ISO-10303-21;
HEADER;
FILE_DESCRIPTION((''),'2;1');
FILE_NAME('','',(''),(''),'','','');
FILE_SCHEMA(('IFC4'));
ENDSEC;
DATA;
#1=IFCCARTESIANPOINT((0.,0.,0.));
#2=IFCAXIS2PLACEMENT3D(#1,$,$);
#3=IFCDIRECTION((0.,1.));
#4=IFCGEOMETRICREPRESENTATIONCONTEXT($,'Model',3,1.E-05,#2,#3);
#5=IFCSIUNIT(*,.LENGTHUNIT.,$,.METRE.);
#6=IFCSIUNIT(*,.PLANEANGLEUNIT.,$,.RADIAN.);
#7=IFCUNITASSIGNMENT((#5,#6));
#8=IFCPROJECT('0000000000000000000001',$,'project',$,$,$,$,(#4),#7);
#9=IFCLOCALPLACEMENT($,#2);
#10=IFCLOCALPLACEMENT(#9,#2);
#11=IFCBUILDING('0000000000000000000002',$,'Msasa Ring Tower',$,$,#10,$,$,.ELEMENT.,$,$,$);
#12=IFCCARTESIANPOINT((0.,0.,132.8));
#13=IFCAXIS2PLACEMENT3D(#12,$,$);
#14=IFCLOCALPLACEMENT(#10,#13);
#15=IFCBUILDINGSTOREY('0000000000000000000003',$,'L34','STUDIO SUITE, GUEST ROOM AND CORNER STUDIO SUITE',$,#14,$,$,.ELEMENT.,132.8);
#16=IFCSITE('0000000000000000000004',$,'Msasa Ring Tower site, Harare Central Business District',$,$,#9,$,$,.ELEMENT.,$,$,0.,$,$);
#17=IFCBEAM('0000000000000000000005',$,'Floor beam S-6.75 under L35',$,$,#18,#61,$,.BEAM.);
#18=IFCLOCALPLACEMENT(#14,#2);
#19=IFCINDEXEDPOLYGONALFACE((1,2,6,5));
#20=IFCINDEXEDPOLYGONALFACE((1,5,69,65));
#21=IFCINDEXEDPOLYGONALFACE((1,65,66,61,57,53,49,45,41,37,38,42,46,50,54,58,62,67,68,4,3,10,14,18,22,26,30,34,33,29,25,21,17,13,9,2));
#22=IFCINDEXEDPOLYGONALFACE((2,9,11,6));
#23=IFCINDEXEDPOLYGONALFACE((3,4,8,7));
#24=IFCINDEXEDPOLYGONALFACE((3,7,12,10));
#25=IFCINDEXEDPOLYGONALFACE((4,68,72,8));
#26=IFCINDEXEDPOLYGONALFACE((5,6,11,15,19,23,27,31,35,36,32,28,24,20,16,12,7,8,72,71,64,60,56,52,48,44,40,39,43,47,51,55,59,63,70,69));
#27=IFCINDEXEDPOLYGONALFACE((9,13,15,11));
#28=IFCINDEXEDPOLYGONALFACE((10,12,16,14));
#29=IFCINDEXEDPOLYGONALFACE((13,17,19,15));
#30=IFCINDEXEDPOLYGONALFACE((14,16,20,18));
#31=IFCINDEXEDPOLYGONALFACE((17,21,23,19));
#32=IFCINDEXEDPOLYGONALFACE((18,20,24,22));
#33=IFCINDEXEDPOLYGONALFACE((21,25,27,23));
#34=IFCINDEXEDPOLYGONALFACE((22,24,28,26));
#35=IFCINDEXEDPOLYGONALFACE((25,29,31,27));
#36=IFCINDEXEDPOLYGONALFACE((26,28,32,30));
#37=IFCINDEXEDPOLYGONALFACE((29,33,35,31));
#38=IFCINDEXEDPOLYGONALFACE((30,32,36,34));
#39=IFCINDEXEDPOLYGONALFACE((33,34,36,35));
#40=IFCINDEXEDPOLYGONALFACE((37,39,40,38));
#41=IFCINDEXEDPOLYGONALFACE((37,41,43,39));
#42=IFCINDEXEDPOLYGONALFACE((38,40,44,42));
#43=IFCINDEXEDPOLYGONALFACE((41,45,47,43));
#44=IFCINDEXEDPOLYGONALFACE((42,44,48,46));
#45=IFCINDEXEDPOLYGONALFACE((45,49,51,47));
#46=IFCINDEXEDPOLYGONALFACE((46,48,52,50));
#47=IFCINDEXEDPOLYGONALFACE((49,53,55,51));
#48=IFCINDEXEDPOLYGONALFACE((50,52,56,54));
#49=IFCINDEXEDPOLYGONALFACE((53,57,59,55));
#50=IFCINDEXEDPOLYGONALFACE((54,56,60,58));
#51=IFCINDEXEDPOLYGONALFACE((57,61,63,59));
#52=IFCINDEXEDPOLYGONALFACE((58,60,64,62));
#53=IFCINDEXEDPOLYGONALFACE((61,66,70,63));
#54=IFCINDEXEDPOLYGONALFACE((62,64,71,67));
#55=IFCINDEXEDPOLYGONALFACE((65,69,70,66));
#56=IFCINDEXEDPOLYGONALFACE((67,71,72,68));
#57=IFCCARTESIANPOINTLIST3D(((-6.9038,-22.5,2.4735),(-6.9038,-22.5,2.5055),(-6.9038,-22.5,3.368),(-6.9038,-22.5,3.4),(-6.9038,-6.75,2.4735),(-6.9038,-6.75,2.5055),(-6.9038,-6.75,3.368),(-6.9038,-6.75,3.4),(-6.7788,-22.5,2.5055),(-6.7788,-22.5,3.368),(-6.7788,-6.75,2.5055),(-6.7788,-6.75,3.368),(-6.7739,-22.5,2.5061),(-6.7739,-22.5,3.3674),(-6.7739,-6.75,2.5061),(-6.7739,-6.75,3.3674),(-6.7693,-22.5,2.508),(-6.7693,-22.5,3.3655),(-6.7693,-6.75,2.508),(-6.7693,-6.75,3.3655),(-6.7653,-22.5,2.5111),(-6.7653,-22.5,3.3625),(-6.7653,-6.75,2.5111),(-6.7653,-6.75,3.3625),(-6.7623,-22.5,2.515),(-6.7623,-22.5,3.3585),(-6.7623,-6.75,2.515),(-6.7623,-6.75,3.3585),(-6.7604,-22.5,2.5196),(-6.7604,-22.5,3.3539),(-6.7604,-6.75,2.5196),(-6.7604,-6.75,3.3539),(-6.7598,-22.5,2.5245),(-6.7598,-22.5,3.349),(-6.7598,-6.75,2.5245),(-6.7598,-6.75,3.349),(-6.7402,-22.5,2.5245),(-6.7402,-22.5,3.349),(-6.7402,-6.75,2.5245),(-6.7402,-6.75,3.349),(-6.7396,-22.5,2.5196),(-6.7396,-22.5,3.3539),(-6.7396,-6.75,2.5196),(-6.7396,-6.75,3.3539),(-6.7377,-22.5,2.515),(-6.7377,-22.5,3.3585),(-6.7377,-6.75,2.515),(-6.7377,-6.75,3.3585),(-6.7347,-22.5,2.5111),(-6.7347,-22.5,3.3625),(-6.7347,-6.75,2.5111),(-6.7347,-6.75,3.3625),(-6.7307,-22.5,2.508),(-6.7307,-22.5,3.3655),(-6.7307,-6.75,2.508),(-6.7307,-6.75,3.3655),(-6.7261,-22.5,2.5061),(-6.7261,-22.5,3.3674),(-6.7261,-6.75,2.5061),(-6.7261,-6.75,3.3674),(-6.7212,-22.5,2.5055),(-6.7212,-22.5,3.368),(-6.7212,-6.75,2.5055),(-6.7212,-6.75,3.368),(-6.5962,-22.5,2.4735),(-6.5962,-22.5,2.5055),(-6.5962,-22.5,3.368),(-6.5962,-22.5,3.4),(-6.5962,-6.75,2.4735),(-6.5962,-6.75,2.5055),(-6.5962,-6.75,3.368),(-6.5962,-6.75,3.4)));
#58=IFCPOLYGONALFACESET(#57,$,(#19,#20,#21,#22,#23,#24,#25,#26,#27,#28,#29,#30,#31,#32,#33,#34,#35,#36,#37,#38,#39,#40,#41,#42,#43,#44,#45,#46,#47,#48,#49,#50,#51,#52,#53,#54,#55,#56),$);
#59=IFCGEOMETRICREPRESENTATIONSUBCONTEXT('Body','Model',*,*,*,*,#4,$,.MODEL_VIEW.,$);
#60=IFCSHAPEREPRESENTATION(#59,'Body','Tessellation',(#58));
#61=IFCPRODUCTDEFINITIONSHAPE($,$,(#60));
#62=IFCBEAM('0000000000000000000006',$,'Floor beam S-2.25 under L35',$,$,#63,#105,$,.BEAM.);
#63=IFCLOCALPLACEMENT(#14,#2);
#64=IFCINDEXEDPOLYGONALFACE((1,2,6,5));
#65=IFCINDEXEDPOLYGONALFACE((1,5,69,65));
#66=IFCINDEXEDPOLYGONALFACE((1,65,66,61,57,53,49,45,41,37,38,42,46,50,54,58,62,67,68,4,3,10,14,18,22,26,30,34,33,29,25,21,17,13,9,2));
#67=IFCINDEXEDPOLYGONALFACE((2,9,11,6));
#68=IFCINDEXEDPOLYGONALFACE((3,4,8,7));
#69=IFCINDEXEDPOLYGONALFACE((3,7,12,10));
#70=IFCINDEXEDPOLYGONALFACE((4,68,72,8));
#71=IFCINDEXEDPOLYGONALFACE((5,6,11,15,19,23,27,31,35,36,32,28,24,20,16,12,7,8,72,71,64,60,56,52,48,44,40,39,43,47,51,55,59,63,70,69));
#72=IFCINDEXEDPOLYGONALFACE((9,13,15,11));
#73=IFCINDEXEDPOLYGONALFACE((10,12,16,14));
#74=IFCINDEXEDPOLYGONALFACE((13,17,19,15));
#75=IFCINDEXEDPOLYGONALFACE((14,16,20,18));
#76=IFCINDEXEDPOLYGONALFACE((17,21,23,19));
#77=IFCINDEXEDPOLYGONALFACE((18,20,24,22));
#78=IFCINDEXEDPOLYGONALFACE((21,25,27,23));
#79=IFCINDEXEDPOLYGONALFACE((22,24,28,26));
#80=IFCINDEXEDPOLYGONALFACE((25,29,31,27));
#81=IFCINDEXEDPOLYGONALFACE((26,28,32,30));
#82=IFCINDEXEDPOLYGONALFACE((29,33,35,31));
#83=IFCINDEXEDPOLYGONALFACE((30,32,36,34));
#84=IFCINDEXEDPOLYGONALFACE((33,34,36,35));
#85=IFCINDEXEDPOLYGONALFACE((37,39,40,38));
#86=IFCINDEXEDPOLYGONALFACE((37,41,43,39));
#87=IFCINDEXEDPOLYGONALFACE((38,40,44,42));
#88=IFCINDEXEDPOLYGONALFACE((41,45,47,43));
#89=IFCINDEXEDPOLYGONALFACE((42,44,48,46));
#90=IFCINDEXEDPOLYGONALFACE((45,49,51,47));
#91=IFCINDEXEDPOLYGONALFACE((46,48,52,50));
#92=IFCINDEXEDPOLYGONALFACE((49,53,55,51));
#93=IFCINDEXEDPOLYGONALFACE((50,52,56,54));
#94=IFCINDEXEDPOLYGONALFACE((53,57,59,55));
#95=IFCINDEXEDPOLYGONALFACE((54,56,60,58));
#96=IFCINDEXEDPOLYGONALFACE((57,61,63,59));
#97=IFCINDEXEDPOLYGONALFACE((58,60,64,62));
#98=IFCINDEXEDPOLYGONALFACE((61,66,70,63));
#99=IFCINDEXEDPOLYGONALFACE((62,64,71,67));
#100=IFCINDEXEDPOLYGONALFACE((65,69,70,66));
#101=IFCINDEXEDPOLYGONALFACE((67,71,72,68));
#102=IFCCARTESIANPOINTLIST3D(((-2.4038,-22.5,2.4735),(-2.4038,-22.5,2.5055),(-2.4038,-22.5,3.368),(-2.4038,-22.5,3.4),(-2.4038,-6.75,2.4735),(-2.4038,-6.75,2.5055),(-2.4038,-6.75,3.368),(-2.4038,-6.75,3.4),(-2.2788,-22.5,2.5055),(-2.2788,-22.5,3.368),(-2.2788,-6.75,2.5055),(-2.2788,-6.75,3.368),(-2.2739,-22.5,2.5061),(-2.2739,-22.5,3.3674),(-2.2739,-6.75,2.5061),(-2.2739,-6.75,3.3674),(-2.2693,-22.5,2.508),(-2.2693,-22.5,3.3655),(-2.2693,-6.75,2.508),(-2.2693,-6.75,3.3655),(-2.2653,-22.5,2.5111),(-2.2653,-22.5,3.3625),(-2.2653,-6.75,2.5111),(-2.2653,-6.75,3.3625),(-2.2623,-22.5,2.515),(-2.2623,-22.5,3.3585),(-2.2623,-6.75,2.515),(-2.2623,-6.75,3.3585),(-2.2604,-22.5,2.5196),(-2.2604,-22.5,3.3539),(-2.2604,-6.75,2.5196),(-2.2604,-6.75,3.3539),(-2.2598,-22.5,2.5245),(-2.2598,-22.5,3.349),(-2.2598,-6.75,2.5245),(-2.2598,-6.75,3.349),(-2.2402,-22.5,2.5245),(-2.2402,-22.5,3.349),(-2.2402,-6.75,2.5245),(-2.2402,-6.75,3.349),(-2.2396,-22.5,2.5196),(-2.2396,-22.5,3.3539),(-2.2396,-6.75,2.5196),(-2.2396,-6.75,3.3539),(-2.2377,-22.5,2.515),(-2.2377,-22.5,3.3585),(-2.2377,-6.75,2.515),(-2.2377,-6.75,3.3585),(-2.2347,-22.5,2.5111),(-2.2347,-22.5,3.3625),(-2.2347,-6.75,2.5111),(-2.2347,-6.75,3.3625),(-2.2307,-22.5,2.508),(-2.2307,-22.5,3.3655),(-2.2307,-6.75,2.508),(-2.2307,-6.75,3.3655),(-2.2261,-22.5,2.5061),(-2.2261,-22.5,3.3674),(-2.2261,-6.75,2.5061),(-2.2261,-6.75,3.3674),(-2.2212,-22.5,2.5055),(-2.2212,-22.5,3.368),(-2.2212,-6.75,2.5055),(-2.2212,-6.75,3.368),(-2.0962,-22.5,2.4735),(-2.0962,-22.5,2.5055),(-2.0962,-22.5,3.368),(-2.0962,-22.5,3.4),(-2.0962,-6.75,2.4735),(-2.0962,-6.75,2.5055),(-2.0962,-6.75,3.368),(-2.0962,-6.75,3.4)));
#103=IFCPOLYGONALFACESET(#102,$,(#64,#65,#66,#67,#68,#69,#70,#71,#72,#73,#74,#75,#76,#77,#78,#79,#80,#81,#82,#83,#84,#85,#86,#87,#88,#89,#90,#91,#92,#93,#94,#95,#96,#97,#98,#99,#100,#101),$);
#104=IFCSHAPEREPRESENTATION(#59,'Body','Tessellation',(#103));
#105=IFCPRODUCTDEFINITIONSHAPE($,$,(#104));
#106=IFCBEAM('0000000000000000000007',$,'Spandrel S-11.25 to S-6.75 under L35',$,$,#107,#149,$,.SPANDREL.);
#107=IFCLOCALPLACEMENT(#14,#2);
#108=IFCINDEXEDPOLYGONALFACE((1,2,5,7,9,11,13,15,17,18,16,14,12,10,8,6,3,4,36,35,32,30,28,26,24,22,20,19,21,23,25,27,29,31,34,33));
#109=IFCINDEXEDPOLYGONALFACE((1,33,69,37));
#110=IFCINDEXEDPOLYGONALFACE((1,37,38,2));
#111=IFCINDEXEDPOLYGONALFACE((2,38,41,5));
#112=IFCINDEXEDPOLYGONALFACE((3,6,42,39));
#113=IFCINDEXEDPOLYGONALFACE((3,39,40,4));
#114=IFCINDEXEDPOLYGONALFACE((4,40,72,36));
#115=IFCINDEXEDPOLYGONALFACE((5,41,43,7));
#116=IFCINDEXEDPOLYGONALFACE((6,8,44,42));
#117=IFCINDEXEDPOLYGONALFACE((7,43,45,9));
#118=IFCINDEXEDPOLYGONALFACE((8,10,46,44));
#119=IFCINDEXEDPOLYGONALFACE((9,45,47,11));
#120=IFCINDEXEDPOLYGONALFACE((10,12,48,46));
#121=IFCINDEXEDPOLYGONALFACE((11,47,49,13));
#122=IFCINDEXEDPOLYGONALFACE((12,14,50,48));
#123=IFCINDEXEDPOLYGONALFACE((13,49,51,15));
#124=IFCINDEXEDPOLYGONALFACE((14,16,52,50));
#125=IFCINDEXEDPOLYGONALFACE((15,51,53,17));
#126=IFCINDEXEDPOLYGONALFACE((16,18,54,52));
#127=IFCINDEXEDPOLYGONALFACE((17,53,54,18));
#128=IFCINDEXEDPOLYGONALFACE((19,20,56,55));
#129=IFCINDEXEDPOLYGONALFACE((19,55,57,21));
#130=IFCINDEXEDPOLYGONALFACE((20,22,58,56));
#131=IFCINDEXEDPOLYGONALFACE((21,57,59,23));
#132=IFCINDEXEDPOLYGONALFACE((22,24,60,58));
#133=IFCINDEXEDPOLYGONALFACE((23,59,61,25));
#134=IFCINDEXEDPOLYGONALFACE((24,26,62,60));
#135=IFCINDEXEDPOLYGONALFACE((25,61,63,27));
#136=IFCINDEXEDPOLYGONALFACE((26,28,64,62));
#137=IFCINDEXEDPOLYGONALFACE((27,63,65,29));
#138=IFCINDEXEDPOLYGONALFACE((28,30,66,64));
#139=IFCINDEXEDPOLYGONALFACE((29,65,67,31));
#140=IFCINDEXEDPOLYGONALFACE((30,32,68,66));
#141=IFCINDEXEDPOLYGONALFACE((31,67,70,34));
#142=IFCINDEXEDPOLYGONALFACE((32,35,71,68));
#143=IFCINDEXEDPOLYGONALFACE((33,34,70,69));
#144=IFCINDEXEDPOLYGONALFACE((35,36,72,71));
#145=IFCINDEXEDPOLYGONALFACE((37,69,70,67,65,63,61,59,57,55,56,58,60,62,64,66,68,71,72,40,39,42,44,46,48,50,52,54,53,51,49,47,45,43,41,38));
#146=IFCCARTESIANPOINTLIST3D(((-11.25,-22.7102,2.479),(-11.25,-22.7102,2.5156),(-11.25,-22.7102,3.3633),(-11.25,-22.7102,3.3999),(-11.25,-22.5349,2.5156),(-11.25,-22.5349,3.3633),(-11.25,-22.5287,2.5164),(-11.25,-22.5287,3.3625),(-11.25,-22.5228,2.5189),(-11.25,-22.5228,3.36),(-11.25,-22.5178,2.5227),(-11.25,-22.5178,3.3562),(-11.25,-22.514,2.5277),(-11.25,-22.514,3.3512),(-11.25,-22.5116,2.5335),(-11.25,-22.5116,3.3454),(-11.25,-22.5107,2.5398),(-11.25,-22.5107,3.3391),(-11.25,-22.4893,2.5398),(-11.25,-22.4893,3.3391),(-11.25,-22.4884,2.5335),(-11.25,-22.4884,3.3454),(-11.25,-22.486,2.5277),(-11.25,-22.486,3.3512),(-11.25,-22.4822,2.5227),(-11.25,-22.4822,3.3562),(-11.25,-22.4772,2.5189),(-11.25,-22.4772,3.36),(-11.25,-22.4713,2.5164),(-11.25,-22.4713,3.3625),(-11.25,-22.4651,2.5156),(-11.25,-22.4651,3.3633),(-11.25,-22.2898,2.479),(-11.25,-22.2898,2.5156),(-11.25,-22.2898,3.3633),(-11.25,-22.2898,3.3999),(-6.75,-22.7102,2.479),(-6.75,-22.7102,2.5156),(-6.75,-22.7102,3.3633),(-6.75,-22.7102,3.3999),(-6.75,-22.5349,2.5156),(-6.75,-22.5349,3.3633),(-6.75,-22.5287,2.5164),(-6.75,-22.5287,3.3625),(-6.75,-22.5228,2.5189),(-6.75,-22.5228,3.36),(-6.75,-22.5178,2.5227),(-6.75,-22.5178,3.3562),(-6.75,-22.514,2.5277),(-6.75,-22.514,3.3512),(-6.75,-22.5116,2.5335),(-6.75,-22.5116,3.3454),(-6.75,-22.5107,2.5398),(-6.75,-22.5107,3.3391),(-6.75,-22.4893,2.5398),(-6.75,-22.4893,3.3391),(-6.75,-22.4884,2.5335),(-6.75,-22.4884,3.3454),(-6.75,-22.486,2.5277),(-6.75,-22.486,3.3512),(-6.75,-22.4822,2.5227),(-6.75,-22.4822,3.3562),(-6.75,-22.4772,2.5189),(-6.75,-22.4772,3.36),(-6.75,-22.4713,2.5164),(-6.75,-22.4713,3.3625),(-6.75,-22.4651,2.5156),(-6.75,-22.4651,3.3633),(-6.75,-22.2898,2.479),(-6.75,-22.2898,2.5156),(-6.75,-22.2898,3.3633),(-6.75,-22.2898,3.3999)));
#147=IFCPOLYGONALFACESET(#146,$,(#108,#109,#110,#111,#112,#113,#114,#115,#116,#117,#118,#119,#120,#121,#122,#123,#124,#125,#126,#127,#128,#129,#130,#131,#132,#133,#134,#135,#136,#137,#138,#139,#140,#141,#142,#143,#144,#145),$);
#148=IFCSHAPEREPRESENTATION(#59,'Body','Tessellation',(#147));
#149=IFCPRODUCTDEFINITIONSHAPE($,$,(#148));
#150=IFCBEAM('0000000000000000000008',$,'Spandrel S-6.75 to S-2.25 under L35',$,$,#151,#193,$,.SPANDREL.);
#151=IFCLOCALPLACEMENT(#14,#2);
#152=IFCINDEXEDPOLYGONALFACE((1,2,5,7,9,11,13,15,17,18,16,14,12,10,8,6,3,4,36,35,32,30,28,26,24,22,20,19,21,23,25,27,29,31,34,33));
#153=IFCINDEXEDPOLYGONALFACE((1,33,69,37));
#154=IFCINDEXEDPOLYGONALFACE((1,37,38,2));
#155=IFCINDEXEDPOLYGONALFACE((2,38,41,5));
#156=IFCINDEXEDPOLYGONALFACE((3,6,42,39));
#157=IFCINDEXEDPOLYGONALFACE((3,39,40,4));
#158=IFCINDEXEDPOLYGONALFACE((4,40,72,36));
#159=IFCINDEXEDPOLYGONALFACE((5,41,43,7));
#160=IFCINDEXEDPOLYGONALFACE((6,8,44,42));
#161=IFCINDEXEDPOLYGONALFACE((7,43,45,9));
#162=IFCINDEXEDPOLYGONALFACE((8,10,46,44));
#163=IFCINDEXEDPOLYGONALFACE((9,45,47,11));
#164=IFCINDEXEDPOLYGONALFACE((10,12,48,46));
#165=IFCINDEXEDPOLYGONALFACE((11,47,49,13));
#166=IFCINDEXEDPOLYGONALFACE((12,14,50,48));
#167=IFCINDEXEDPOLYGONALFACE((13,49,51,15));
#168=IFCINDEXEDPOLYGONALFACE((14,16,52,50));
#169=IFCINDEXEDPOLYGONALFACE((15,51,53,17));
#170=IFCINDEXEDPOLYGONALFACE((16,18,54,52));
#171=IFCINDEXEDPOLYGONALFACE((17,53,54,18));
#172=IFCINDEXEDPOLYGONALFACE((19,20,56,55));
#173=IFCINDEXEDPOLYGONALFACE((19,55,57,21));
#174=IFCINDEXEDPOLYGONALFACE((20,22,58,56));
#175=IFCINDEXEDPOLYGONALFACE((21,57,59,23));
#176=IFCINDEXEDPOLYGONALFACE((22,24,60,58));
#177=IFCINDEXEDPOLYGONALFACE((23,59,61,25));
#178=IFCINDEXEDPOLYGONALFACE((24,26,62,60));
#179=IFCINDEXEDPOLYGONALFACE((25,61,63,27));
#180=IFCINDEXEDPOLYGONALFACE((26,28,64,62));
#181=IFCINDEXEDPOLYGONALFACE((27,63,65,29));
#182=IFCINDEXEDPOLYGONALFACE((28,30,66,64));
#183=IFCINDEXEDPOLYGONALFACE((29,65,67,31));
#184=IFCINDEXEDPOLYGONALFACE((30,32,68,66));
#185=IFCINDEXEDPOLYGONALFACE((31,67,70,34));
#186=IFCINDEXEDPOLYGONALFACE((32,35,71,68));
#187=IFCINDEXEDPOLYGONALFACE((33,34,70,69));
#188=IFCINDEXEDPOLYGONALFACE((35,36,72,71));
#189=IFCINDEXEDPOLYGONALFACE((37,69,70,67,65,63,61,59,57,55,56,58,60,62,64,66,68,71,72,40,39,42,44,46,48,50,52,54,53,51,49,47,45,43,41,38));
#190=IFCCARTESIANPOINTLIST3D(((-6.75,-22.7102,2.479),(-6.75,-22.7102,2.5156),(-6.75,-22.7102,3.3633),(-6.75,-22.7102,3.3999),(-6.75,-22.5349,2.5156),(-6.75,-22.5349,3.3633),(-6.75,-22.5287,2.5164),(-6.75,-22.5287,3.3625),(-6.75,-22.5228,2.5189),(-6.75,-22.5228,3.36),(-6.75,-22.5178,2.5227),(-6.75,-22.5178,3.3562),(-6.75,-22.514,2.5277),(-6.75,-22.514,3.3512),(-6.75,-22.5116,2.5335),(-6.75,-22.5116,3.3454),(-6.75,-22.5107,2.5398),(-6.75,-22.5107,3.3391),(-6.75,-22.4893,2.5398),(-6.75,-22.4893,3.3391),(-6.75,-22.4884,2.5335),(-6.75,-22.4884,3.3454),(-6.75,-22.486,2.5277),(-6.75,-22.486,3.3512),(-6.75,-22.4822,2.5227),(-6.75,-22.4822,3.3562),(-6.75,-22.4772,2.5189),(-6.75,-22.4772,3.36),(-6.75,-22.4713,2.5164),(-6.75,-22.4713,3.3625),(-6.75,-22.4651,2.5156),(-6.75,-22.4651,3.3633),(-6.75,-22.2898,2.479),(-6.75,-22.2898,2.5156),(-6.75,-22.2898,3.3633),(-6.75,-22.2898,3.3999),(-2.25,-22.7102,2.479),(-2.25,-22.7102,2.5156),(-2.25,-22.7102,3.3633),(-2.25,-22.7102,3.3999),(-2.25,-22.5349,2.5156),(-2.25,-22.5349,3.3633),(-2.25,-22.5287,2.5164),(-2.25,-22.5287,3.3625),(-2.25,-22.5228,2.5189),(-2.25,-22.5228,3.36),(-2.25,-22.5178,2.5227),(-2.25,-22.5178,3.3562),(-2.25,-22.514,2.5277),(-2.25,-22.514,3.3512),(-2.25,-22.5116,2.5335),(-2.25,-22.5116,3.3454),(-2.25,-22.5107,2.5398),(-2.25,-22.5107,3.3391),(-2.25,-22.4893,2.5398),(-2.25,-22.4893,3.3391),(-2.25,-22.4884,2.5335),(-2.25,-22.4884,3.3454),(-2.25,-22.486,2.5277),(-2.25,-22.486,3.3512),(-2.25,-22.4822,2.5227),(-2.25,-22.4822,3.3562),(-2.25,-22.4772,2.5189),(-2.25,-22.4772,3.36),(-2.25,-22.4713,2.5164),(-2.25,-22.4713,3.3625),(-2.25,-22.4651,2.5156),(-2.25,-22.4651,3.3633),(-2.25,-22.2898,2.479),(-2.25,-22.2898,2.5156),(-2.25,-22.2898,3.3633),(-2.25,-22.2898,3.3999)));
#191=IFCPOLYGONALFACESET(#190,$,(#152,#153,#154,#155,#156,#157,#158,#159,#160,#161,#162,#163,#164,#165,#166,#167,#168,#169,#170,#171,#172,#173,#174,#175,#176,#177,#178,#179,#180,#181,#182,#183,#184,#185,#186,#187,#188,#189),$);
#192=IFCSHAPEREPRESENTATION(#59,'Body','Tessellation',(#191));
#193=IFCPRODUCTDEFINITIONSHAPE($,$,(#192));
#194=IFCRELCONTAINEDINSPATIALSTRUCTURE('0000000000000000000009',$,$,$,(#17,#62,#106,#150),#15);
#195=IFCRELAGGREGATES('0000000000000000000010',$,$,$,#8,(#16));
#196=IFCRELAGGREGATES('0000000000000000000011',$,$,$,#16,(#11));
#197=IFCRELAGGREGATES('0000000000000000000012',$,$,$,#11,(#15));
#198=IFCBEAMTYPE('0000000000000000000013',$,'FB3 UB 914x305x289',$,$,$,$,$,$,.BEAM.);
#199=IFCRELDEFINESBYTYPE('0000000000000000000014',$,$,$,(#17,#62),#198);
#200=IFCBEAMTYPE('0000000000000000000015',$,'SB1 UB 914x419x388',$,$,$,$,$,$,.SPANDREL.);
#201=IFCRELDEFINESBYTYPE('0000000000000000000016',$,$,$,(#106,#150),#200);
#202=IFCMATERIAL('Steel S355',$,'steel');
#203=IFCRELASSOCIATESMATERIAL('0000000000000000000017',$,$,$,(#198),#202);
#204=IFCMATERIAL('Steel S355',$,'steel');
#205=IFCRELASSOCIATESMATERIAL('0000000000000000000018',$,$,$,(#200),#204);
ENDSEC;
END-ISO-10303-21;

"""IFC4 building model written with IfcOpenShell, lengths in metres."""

from ifc_helpers import new_model, si_unit, direction, frame, origin, origin_2d, place, context, subcontext, project, spatial, i_section, extrude, material, material_profile, profile_set, type_object, element, save


model = new_model("IFC4")

# Units and contexts
model_context = context("Model", 3, precision=1e-05, world=origin(), true_north=direction((0.0, 1.0)))
body_context = subcontext(model_context, "Body", "Model", "MODEL_VIEW")
ifc_project = project(units=[si_unit("LENGTHUNIT", "METRE"), si_unit("PLANEANGLEUNIT", "RADIAN")], contexts=[model_context])

# Site, building, storey
site_placement = place(None, origin())
site = spatial("IfcSite", under=ifc_project, at=site_placement, Name="Msasa Ring Tower site, Harare Central Business District", CompositionType="ELEMENT", RefElevation=0.0)
building_placement = place(site_placement, origin())
building = spatial("IfcBuilding", under=site, at=building_placement, Name="Msasa Ring Tower", CompositionType="ELEMENT")
storey_placement = place(building_placement, frame((0.0, 0.0, 132.8)))
storey = spatial("IfcBuildingStorey", under=building, at=storey_placement, Name="L34", Description="STUDIO SUITE, GUEST ROOM AND CORNER STUDIO SUITE", CompositionType="ELEMENT", Elevation=132.8)

# Beams
ifc_material_1 = material(Name="Steel S355", Category="steel")
ifc_material_profile_1 = material_profile(ifc_material_1, i_section(OverallWidth=0.3076, OverallDepth=0.9265, WebThickness=0.0195, FlangeThickness=0.032, FilletRadius=0.019, at=origin_2d()), Name="UB 914x305x289")
ifc_profile_set_1 = profile_set([ifc_material_profile_1], Name="Steel S355")
beam_type_1 = type_object("IfcBeamType", Name="FB3 UB 914x305x289", PredefinedType="BEAM", material=ifc_profile_set_1)
for number, where, z_axis, x_axis, name in (
    (1, (-6.75, -22.5, 2.9368), (0.0, 1.0, 0.0), (-1.0, 0.0, 0.0), "Floor beam S-6.75 under L35"),
    (2, (-2.25, -22.5, 2.9368), (0.0, 1.0, 0.0), (-1.0, 0.0, 0.0), "Floor beam S-2.25 under L35"),
):
    element("IfcBeam", number, at=place(storey_placement, frame(where, z_axis=z_axis, x_axis=x_axis)), inside=storey, type_object=beam_type_1, Name=name, PredefinedType="BEAM", context=body_context, shape_type="SweptSolid", body=[
        extrude(i_section(OverallWidth=0.3076, OverallDepth=0.9265, WebThickness=0.0195, FlangeThickness=0.032, FilletRadius=0.019, at=origin_2d()), origin(), (0.0, 0.0, 1.0), 15.75),
    ])
ifc_material_2 = material(Name="Steel S355", Category="steel")
ifc_material_profile_2 = material_profile(ifc_material_2, i_section(OverallWidth=0.4204, OverallDepth=0.9209, WebThickness=0.0215, FlangeThickness=0.0366, FilletRadius=0.0242, at=origin_2d()), Name="UB 914x419x388")
ifc_profile_set_2 = profile_set([ifc_material_profile_2], Name="Steel S355")
beam_type_2 = type_object("IfcBeamType", Name="SB1 UB 914x419x388", PredefinedType="SPANDREL", material=ifc_profile_set_2)
for number, where, z_axis, x_axis, name in (
    (3, (-11.25, -22.5, 2.9395), (1.0, 0.0, 0.0), (0.0, 1.0, 0.0), "Spandrel S-11.25 to S-6.75 under L35"),
    (4, (-6.75, -22.5, 2.9395), (1.0, 0.0, 0.0), (0.0, 1.0, 0.0), "Spandrel S-6.75 to S-2.25 under L35"),
):
    element("IfcBeam", number, at=place(storey_placement, frame(where, z_axis=z_axis, x_axis=x_axis)), inside=storey, type_object=beam_type_2, Name=name, PredefinedType="SPANDREL", context=body_context, shape_type="SweptSolid", body=[
        extrude(i_section(OverallWidth=0.4204, OverallDepth=0.9209, WebThickness=0.0215, FlangeThickness=0.0366, FilletRadius=0.0242, at=origin_2d()), origin(), (0.0, 0.0, 1.0), 4.5),
    ])

save(model, "model.ifc")
